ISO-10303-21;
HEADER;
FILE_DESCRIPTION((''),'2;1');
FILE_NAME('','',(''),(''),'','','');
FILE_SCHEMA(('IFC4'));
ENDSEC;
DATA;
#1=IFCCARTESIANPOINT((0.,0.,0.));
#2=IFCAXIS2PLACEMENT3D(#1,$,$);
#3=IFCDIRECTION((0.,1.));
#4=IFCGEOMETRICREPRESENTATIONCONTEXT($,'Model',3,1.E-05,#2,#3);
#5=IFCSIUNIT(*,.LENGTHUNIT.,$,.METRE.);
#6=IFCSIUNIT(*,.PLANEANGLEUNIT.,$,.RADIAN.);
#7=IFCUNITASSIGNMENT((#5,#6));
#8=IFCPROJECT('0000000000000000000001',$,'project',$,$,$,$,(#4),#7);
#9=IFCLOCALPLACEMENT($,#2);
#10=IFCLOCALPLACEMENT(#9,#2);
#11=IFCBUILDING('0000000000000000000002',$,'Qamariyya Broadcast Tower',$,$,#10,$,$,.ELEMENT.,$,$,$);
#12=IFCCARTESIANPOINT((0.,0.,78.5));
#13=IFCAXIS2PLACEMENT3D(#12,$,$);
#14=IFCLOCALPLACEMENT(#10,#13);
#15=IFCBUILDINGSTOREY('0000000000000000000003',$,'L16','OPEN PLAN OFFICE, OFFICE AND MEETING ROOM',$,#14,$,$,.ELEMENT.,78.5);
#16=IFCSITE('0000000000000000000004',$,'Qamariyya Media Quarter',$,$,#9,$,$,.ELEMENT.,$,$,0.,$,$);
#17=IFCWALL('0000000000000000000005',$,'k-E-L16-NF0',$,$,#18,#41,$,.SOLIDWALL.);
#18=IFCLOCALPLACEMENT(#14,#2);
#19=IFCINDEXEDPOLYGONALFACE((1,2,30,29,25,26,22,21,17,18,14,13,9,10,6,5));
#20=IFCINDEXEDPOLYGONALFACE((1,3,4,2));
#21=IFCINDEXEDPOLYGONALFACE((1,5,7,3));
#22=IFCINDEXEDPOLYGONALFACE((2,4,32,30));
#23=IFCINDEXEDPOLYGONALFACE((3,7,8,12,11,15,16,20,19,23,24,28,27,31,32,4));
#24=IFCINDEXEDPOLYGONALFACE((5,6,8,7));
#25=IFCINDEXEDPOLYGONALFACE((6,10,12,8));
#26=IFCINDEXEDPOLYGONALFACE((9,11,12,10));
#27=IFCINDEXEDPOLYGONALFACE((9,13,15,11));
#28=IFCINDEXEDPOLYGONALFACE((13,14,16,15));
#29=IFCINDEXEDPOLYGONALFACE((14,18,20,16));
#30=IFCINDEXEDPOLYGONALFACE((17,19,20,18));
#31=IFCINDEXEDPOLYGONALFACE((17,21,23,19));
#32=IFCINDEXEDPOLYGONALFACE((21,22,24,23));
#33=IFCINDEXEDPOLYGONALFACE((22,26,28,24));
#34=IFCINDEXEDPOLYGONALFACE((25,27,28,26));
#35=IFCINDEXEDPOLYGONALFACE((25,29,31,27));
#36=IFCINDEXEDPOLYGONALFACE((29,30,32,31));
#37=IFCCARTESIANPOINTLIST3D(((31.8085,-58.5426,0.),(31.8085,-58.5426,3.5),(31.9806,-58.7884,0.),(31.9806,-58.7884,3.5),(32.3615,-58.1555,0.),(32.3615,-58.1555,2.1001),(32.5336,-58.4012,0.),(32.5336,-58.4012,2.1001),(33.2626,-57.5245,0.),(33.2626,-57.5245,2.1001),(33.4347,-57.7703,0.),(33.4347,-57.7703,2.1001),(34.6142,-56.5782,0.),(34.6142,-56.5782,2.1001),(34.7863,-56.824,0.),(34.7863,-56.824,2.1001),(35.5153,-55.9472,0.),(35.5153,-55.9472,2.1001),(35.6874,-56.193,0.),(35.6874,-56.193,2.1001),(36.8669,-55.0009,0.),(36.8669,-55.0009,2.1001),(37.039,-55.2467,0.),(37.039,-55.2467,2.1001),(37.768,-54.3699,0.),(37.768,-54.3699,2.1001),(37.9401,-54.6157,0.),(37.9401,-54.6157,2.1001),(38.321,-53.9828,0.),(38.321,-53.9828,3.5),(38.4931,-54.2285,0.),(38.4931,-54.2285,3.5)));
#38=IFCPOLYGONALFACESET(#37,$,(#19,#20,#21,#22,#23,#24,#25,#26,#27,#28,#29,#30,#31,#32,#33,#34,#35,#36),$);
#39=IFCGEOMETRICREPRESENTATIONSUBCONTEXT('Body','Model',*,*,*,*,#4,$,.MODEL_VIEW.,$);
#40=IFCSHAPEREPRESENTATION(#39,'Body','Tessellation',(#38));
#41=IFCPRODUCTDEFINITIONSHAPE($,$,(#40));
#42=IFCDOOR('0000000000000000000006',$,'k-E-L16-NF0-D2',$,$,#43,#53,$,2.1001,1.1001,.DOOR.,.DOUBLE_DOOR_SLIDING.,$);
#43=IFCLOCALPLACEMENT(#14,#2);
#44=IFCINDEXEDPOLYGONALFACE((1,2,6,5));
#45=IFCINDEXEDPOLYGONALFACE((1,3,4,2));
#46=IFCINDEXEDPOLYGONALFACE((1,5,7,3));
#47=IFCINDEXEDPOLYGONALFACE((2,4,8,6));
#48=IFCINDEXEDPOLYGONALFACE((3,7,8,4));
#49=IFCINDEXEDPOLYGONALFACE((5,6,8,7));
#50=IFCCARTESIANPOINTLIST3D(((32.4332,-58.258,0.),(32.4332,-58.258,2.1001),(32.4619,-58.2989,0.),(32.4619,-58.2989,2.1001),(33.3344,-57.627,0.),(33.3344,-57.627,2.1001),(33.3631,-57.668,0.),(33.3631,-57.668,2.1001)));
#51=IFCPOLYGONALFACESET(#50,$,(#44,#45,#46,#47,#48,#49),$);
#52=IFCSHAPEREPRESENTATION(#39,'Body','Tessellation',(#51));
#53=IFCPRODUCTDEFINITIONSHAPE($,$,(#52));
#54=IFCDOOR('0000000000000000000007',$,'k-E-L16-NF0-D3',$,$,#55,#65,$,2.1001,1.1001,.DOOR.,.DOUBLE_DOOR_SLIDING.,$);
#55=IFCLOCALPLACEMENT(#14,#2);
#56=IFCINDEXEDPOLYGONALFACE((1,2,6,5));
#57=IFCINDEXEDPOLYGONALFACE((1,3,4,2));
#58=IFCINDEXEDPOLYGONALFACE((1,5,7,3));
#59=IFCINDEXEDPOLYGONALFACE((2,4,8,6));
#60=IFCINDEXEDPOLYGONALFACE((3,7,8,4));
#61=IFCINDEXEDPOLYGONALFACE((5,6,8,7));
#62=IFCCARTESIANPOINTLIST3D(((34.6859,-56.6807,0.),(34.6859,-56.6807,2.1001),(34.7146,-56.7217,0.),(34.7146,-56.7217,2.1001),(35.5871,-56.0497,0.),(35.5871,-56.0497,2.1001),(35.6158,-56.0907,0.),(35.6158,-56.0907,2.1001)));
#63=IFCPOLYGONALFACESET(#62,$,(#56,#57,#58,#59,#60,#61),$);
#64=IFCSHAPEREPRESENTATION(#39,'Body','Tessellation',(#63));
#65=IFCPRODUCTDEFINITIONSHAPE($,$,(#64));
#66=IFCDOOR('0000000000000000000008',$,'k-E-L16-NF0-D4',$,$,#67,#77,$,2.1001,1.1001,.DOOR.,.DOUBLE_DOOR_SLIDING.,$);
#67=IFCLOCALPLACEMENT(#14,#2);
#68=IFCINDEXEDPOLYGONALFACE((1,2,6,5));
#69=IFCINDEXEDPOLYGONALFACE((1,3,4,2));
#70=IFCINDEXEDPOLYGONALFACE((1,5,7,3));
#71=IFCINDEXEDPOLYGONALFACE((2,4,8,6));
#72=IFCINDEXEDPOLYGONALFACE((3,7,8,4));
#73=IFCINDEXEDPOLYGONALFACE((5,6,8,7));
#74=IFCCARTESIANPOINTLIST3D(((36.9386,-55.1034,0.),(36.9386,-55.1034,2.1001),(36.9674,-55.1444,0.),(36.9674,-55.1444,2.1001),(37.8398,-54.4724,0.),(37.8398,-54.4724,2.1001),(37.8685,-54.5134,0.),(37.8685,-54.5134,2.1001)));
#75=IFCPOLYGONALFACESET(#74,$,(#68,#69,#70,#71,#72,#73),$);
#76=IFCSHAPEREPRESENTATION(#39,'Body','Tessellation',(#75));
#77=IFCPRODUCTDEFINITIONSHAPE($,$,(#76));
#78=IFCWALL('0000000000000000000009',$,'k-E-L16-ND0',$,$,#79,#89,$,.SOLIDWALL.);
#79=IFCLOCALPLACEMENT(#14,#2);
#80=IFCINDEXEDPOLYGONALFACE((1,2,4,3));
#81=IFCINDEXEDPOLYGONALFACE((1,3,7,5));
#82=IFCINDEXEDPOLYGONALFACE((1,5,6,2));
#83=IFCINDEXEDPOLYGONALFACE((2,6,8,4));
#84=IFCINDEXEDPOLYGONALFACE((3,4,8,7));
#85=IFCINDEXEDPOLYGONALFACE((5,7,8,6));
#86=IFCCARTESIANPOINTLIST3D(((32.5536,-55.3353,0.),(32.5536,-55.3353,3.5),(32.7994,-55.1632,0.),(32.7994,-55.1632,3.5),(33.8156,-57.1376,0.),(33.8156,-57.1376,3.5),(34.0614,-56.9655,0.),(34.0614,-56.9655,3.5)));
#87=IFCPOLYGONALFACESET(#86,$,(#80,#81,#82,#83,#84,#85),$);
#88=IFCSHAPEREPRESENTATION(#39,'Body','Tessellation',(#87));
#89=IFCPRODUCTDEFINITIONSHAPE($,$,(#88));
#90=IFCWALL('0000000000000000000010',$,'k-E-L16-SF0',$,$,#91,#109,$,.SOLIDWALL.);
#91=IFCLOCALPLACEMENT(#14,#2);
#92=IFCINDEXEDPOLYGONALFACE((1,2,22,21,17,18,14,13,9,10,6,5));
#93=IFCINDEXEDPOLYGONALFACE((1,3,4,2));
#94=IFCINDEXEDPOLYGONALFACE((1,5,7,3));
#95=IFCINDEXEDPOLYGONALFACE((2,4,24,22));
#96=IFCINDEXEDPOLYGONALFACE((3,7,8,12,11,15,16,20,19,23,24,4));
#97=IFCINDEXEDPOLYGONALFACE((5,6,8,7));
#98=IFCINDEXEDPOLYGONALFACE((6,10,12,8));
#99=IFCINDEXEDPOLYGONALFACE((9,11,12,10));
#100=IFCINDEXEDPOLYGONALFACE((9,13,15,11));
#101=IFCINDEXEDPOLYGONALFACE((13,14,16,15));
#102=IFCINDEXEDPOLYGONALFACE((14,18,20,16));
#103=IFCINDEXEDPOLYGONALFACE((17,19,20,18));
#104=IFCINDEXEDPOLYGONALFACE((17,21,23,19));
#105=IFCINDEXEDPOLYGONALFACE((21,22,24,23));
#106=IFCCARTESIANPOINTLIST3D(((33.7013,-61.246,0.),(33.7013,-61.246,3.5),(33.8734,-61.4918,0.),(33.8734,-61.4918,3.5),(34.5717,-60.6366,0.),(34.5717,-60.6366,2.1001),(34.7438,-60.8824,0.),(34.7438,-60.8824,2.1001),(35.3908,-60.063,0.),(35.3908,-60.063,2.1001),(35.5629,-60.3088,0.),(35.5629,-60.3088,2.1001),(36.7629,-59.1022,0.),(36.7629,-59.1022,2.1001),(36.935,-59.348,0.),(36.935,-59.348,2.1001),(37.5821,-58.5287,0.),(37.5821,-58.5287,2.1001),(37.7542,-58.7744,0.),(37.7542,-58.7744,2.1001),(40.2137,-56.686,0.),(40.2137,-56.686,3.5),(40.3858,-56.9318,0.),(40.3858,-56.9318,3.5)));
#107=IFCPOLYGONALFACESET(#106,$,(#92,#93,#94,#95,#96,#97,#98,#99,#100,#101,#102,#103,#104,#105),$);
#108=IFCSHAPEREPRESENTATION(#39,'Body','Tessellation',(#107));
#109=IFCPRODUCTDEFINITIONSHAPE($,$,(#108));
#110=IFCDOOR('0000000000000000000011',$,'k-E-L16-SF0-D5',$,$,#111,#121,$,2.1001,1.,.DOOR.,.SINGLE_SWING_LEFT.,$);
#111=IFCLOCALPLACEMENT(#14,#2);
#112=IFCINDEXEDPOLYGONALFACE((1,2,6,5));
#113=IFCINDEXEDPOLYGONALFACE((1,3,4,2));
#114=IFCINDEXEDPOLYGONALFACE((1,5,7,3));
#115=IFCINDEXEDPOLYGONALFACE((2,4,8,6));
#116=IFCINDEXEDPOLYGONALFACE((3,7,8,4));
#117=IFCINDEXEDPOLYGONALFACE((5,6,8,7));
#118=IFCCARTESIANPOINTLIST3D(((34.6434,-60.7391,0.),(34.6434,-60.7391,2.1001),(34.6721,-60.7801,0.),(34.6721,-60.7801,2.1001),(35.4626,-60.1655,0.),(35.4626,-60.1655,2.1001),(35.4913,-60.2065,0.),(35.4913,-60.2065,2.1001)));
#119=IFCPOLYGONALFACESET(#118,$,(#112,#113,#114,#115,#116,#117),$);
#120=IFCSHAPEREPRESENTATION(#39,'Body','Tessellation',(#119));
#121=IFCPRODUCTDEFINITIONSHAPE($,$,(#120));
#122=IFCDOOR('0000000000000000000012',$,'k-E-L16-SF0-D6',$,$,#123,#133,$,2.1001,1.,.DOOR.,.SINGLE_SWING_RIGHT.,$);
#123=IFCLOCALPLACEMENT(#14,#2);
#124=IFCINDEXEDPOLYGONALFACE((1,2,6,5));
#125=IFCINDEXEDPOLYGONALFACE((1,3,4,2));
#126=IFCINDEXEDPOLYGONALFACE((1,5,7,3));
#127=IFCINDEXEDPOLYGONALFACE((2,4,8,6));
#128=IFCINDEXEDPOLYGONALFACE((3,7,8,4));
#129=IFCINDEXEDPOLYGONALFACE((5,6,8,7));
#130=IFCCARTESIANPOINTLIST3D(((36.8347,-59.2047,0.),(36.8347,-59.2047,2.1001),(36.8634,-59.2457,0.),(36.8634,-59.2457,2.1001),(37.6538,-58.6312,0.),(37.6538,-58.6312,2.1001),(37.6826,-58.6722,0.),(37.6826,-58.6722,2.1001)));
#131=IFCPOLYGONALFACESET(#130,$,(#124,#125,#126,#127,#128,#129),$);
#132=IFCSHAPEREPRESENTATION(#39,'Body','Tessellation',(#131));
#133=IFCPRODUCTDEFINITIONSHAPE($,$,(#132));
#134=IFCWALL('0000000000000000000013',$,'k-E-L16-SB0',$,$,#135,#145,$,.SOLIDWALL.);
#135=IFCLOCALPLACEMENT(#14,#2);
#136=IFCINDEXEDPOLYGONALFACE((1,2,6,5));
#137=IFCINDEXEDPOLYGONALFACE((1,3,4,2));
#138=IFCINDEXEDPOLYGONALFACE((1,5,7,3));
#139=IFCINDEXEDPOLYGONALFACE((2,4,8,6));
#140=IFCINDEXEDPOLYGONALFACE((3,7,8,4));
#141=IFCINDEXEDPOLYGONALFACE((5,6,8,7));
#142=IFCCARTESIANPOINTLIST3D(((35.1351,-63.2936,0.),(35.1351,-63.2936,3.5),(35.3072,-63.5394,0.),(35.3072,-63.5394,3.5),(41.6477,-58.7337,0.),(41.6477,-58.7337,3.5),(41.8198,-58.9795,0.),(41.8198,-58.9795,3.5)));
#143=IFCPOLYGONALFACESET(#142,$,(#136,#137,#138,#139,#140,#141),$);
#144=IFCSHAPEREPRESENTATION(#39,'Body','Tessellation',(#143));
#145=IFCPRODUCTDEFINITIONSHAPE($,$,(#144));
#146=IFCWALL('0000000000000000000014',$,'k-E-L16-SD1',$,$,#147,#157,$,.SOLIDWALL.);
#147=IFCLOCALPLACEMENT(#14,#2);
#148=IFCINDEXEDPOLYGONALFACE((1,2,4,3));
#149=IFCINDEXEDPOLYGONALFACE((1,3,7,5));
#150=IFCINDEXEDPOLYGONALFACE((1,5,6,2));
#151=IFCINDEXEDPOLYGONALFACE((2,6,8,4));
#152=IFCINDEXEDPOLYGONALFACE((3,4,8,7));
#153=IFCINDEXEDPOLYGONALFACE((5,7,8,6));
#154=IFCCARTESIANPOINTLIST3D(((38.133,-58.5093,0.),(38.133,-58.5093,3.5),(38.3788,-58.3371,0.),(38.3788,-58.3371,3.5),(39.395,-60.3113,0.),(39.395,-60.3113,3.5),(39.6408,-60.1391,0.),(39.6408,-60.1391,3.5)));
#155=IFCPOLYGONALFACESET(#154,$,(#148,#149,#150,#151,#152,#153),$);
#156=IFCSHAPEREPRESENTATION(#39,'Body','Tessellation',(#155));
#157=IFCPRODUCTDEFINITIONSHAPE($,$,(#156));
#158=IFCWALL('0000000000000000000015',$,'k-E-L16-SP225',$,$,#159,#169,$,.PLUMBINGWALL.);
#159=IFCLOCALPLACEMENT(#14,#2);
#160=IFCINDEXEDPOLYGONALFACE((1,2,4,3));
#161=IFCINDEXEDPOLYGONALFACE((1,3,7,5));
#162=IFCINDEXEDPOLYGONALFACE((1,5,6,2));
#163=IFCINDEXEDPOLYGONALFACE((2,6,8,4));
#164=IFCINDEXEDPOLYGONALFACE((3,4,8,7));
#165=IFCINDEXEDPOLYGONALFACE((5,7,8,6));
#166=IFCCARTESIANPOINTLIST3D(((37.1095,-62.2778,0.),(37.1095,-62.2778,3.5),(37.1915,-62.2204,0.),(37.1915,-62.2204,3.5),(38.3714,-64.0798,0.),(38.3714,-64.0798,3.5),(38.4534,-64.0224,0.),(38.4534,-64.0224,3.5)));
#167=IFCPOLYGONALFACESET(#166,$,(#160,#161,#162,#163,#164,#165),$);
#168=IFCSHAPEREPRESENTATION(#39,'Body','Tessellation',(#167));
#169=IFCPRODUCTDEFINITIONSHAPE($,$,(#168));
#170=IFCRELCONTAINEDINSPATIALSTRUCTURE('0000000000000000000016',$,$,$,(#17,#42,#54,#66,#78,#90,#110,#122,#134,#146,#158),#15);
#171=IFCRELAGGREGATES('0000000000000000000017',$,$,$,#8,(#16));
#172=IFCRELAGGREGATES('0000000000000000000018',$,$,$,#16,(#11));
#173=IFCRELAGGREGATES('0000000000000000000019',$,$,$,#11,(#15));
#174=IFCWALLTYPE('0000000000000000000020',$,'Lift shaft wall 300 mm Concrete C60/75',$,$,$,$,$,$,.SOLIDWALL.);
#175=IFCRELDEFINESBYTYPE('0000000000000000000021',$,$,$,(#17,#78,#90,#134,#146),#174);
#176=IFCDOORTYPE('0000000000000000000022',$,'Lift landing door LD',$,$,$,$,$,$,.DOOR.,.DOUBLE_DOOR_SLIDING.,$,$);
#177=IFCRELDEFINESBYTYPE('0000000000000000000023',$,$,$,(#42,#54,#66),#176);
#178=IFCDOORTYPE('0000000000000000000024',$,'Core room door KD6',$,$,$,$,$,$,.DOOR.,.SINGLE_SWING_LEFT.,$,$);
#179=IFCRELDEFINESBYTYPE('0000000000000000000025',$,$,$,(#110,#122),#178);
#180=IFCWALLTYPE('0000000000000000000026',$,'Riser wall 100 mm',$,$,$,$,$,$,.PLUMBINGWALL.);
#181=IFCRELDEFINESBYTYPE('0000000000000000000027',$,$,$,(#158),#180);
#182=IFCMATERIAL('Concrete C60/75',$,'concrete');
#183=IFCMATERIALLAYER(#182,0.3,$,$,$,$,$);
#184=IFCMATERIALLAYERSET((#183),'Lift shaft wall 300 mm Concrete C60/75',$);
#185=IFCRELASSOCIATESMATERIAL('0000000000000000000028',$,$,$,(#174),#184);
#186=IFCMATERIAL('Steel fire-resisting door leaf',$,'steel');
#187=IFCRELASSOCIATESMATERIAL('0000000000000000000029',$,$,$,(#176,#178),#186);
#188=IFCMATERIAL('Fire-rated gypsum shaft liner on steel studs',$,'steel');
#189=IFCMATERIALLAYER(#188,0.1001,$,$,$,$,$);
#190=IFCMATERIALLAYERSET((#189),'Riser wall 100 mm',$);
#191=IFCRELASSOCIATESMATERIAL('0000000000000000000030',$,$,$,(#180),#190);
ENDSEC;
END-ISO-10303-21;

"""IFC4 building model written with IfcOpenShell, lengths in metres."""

from ifc_helpers import new_model, si_unit, direction, frame, frame_2d, origin, place, context, subcontext, project, spatial, rectangle, extrude, material, layer, layer_set, type_object, element, fill, save


model = new_model("IFC4")

# Units and contexts
model_context = context("Model", 3, precision=1e-05, world=origin(), true_north=direction((0.0, 1.0)))
body_context = subcontext(model_context, "Body", "Model", "MODEL_VIEW")
ifc_project = project(units=[si_unit("LENGTHUNIT", "METRE"), si_unit("PLANEANGLEUNIT", "RADIAN")], contexts=[model_context])

# Site, building, storey
site_placement = place(None, origin())
site = spatial("IfcSite", under=ifc_project, at=site_placement, Name="Qamariyya Media Quarter", CompositionType="ELEMENT", RefElevation=0.0)
building_placement = place(site_placement, origin())
building = spatial("IfcBuilding", under=site, at=building_placement, Name="Qamariyya Broadcast Tower", CompositionType="ELEMENT")
storey_placement = place(building_placement, frame((0.0, 0.0, 78.5)))
storey = spatial("IfcBuildingStorey", under=building, at=storey_placement, Name="L16", Description="OPEN PLAN OFFICE, OFFICE AND MEETING ROOM", CompositionType="ELEMENT", Elevation=78.5)

# Shared definitions
ifc_material_1 = material(Name="Steel fire-resisting door leaf", Category="steel")

# Wall, openings, doors
ifc_material_2 = material(Name="Concrete C60/75", Category="concrete")
ifc_layer_1 = layer(ifc_material_2, 0.3)
ifc_layer_set_1 = layer_set([ifc_layer_1], Name="Lift shaft wall 300 mm Concrete C60/75")
wall_type_1 = type_object("IfcWallType", Name="Lift shaft wall 300 mm Concrete C60/75", PredefinedType="SOLIDWALL", material=ifc_layer_set_1)
wall_1_placement = place(storey_placement, frame((31.8945, -58.6655, 0.0), z_axis=(0.0, 0.0, 1.0), x_axis=(0.819167, 0.573555, 0.0)))
wall_1 = element("IfcWall", 1, at=wall_1_placement, inside=storey, type_object=wall_type_1, Name="k-E-L16-NF0", PredefinedType="SOLIDWALL", context=body_context, shape_type="SweptSolid", body=[
    extrude(rectangle(XDim=7.9502, YDim=0.3, at=frame_2d((3.9751, 0.0))), origin(), (0.0, 0.0, 1.0), 3.5),
])
opening_1_placement = place(wall_1_placement, frame((0.675, 0.0, 0.0)))
opening_1 = element("IfcOpeningElement", 2, at=opening_1_placement, cuts=wall_1, PredefinedType="OPENING", context=body_context, shape_type="SweptSolid", body=[
    extrude(rectangle(XDim=1.1001, YDim=2.1001, at=frame_2d((0.55, 1.05))), frame((0.0, 0.1599, 0.0), z_axis=(0.0, -1.0, 0.0), x_axis=(1.0, 0.0, 0.0)), (0.0, 0.0, 1.0), 0.3201),
])
opening_2_placement = place(wall_1_placement, frame((3.425, 0.0, 0.0)))
opening_2 = element("IfcOpeningElement", 3, at=opening_2_placement, cuts=wall_1, PredefinedType="OPENING", context=body_context, shape_type="SweptSolid", body=[
    extrude(rectangle(XDim=1.1001, YDim=2.1001, at=frame_2d((0.55, 1.05))), frame((0.0, 0.1599, 0.0), z_axis=(0.0, -1.0, 0.0), x_axis=(1.0, 0.0, 0.0)), (0.0, 0.0, 1.0), 0.3201),
])
opening_3_placement = place(wall_1_placement, frame((6.175, 0.0, 0.0)))
opening_3 = element("IfcOpeningElement", 4, at=opening_3_placement, cuts=wall_1, PredefinedType="OPENING", context=body_context, shape_type="SweptSolid", body=[
    extrude(rectangle(XDim=1.1001, YDim=2.1001, at=frame_2d((0.55, 1.05))), frame((0.0, 0.1599, 0.0), z_axis=(0.0, -1.0, 0.0), x_axis=(1.0, 0.0, 0.0)), (0.0, 0.0, 1.0), 0.3201),
])
door_type_1 = type_object("IfcDoorType", Name="Lift landing door LD", OperationType="DOUBLE_DOOR_SLIDING", PredefinedType="DOOR", material=ifc_material_1)
door_1_placement = place(opening_1_placement, origin())
door_1 = element("IfcDoor", 5, at=door_1_placement, inside=storey, type_object=door_type_1, Name="k-E-L16-NF0-D2", OperationType="DOUBLE_DOOR_SLIDING", OverallHeight=2.1001, OverallWidth=1.1001, PredefinedType="DOOR", context=body_context, shape_type="SweptSolid", body=[
    extrude(rectangle(XDim=1.1001, YDim=2.1001, at=frame_2d((0.55, 1.05))), frame((0.0, 0.0249, 0.0), z_axis=(0.0, -1.0, 0.0), x_axis=(1.0, 0.0, 0.0)), (0.0, 0.0, 1.0), 0.05),
])
fill(opening_1, door_1)
door_2_placement = place(opening_2_placement, origin())
door_2 = element("IfcDoor", 6, at=door_2_placement, inside=storey, type_object=door_type_1, Name="k-E-L16-NF0-D3", OperationType="DOUBLE_DOOR_SLIDING", OverallHeight=2.1001, OverallWidth=1.1001, PredefinedType="DOOR", context=body_context, shape_type="SweptSolid", body=[
    extrude(rectangle(XDim=1.1001, YDim=2.1001, at=frame_2d((0.55, 1.05))), frame((0.0, 0.0249, 0.0), z_axis=(0.0, -1.0, 0.0), x_axis=(1.0, 0.0, 0.0)), (0.0, 0.0, 1.0), 0.05),
])
fill(opening_2, door_2)
door_3_placement = place(opening_3_placement, origin())
door_3 = element("IfcDoor", 7, at=door_3_placement, inside=storey, type_object=door_type_1, Name="k-E-L16-NF0-D4", OperationType="DOUBLE_DOOR_SLIDING", OverallHeight=2.1001, OverallWidth=1.1001, PredefinedType="DOOR", context=body_context, shape_type="SweptSolid", body=[
    extrude(rectangle(XDim=1.1001, YDim=2.1001, at=frame_2d((0.55, 1.05))), frame((0.0, 0.0249, 0.0), z_axis=(0.0, -1.0, 0.0), x_axis=(1.0, 0.0, 0.0)), (0.0, 0.0, 1.0), 0.05),
])
fill(opening_3, door_3)

# Wall
wall_2_placement = place(storey_placement, frame((33.9385, -57.0515, 0.0), z_axis=(0.0, 0.0, 1.0), x_axis=(-0.573581, 0.819149, 0.0)))
element("IfcWall", 8, at=wall_2_placement, inside=storey, type_object=wall_type_1, Name="k-E-L16-ND0", PredefinedType="SOLIDWALL", context=body_context, shape_type="SweptSolid", body=[
    extrude(rectangle(XDim=2.2002, YDim=0.3, at=frame_2d((1.1001, 0.0))), origin(), (0.0, 0.0, 1.0), 3.5),
])

# Wall, openings, doors
wall_3_placement = place(storey_placement, frame((33.7874, -61.3689, 0.0), z_axis=(0.0, 0.0, 1.0), x_axis=(0.819153, 0.573576, 0.0)))
wall_3 = element("IfcWall", 9, at=wall_3_placement, inside=storey, type_object=wall_type_1, Name="k-E-L16-SF0", PredefinedType="SOLIDWALL", context=body_context, shape_type="SweptSolid", body=[
    extrude(rectangle(XDim=7.9502, YDim=0.3, at=frame_2d((3.9751, 0.0))), origin(), (0.0, 0.0, 1.0), 3.5),
])
opening_4_placement = place(wall_3_placement, frame((1.0625, 0.0, 0.0)))
opening_4 = element("IfcOpeningElement", 10, at=opening_4_placement, cuts=wall_3, PredefinedType="OPENING", context=body_context, shape_type="SweptSolid", body=[
    extrude(rectangle(XDim=1.0, YDim=2.1001, at=frame_2d((0.5, 1.05))), frame((0.0, 0.1599, 0.0), z_axis=(0.0, -1.0, 0.0), x_axis=(1.0, 0.0, 0.0)), (0.0, 0.0, 1.0), 0.3201),
])
opening_5_placement = place(wall_3_placement, frame((3.7375, 0.0, 0.0)))
opening_5 = element("IfcOpeningElement", 11, at=opening_5_placement, cuts=wall_3, PredefinedType="OPENING", context=body_context, shape_type="SweptSolid", body=[
    extrude(rectangle(XDim=1.0, YDim=2.1001, at=frame_2d((0.5, 1.05))), frame((0.0, 0.1599, 0.0), z_axis=(0.0, -1.0, 0.0), x_axis=(1.0, 0.0, 0.0)), (0.0, 0.0, 1.0), 0.3201),
])
door_type_2 = type_object("IfcDoorType", Name="Core room door KD6", OperationType="SINGLE_SWING_LEFT", PredefinedType="DOOR", material=ifc_material_1)
door_4_placement = place(opening_4_placement, origin())
door_4 = element("IfcDoor", 12, at=door_4_placement, inside=storey, type_object=door_type_2, Name="k-E-L16-SF0-D5", OperationType="SINGLE_SWING_LEFT", OverallHeight=2.1001, OverallWidth=1.0, PredefinedType="DOOR", context=body_context, shape_type="SweptSolid", body=[
    extrude(rectangle(XDim=1.0, YDim=2.1001, at=frame_2d((0.5, 1.05))), frame((0.0, 0.0249, 0.0), z_axis=(0.0, -1.0, 0.0), x_axis=(1.0, 0.0, 0.0)), (0.0, 0.0, 1.0), 0.05),
])
fill(opening_4, door_4)
door_5_placement = place(opening_5_placement, origin())
door_5 = element("IfcDoor", 13, at=door_5_placement, inside=storey, type_object=door_type_2, Name="k-E-L16-SF0-D6", OperationType="SINGLE_SWING_RIGHT", OverallHeight=2.1001, OverallWidth=1.0, PredefinedType="DOOR", context=body_context, shape_type="SweptSolid", body=[
    extrude(rectangle(XDim=1.0, YDim=2.1001, at=frame_2d((0.5, 1.05))), frame((0.0, 0.0249, 0.0), z_axis=(0.0, -1.0, 0.0), x_axis=(1.0, 0.0, 0.0)), (0.0, 0.0, 1.0), 0.05),
])
fill(opening_5, door_5)

# Walls
wall_4_placement = place(storey_placement, frame((35.2212, -63.4165, 0.0), z_axis=(0.0, 0.0, 1.0), x_axis=(0.819167, 0.573555, 0.0)))
element("IfcWall", 14, at=wall_4_placement, inside=storey, type_object=wall_type_1, Name="k-E-L16-SB0", PredefinedType="SOLIDWALL", context=body_context, shape_type="SweptSolid", body=[
    extrude(rectangle(XDim=7.9502, YDim=0.3, at=frame_2d((3.9751, 0.0))), origin(), (0.0, 0.0, 1.0), 3.5),
])
wall_5_placement = place(storey_placement, frame((38.2559, -58.4231, 0.0), z_axis=(0.0, 0.0, 1.0), x_axis=(0.573634, -0.819112, 0.0)))
element("IfcWall", 15, at=wall_5_placement, inside=storey, type_object=wall_type_1, Name="k-E-L16-SD1", PredefinedType="SOLIDWALL", context=body_context, shape_type="SweptSolid", body=[
    extrude(rectangle(XDim=2.2, YDim=0.3, at=frame_2d((1.1001, 0.0))), origin(), (0.0, 0.0, 1.0), 3.5),
])
ifc_material_3 = material(Name="Fire-rated gypsum shaft liner on steel studs", Category="steel")
ifc_layer_2 = layer(ifc_material_3, 0.1001)
ifc_layer_set_2 = layer_set([ifc_layer_2], Name="Riser wall 100 mm")
wall_type_2 = type_object("IfcWallType", Name="Riser wall 100 mm", PredefinedType="PLUMBINGWALL", material=ifc_layer_set_2)
for number, where, z_axis, x_axis, name in (
    (16, (37.1504, -62.249, 0.0), (0.0, 0.0, 1.0), (0.573634, -0.819112, 0.0), "k-E-L16-SP225"),
):
    element("IfcWall", number, at=place(storey_placement, frame(where, z_axis=z_axis, x_axis=x_axis)), inside=storey, type_object=wall_type_2, Name=name, PredefinedType="PLUMBINGWALL", context=body_context, shape_type="SweptSolid", body=[
        extrude(rectangle(XDim=2.2, YDim=0.1001, at=frame_2d((1.1001, 0.0))), origin(), (0.0, 0.0, 1.0), 3.5),
    ])

save(model, "model.ifc")
